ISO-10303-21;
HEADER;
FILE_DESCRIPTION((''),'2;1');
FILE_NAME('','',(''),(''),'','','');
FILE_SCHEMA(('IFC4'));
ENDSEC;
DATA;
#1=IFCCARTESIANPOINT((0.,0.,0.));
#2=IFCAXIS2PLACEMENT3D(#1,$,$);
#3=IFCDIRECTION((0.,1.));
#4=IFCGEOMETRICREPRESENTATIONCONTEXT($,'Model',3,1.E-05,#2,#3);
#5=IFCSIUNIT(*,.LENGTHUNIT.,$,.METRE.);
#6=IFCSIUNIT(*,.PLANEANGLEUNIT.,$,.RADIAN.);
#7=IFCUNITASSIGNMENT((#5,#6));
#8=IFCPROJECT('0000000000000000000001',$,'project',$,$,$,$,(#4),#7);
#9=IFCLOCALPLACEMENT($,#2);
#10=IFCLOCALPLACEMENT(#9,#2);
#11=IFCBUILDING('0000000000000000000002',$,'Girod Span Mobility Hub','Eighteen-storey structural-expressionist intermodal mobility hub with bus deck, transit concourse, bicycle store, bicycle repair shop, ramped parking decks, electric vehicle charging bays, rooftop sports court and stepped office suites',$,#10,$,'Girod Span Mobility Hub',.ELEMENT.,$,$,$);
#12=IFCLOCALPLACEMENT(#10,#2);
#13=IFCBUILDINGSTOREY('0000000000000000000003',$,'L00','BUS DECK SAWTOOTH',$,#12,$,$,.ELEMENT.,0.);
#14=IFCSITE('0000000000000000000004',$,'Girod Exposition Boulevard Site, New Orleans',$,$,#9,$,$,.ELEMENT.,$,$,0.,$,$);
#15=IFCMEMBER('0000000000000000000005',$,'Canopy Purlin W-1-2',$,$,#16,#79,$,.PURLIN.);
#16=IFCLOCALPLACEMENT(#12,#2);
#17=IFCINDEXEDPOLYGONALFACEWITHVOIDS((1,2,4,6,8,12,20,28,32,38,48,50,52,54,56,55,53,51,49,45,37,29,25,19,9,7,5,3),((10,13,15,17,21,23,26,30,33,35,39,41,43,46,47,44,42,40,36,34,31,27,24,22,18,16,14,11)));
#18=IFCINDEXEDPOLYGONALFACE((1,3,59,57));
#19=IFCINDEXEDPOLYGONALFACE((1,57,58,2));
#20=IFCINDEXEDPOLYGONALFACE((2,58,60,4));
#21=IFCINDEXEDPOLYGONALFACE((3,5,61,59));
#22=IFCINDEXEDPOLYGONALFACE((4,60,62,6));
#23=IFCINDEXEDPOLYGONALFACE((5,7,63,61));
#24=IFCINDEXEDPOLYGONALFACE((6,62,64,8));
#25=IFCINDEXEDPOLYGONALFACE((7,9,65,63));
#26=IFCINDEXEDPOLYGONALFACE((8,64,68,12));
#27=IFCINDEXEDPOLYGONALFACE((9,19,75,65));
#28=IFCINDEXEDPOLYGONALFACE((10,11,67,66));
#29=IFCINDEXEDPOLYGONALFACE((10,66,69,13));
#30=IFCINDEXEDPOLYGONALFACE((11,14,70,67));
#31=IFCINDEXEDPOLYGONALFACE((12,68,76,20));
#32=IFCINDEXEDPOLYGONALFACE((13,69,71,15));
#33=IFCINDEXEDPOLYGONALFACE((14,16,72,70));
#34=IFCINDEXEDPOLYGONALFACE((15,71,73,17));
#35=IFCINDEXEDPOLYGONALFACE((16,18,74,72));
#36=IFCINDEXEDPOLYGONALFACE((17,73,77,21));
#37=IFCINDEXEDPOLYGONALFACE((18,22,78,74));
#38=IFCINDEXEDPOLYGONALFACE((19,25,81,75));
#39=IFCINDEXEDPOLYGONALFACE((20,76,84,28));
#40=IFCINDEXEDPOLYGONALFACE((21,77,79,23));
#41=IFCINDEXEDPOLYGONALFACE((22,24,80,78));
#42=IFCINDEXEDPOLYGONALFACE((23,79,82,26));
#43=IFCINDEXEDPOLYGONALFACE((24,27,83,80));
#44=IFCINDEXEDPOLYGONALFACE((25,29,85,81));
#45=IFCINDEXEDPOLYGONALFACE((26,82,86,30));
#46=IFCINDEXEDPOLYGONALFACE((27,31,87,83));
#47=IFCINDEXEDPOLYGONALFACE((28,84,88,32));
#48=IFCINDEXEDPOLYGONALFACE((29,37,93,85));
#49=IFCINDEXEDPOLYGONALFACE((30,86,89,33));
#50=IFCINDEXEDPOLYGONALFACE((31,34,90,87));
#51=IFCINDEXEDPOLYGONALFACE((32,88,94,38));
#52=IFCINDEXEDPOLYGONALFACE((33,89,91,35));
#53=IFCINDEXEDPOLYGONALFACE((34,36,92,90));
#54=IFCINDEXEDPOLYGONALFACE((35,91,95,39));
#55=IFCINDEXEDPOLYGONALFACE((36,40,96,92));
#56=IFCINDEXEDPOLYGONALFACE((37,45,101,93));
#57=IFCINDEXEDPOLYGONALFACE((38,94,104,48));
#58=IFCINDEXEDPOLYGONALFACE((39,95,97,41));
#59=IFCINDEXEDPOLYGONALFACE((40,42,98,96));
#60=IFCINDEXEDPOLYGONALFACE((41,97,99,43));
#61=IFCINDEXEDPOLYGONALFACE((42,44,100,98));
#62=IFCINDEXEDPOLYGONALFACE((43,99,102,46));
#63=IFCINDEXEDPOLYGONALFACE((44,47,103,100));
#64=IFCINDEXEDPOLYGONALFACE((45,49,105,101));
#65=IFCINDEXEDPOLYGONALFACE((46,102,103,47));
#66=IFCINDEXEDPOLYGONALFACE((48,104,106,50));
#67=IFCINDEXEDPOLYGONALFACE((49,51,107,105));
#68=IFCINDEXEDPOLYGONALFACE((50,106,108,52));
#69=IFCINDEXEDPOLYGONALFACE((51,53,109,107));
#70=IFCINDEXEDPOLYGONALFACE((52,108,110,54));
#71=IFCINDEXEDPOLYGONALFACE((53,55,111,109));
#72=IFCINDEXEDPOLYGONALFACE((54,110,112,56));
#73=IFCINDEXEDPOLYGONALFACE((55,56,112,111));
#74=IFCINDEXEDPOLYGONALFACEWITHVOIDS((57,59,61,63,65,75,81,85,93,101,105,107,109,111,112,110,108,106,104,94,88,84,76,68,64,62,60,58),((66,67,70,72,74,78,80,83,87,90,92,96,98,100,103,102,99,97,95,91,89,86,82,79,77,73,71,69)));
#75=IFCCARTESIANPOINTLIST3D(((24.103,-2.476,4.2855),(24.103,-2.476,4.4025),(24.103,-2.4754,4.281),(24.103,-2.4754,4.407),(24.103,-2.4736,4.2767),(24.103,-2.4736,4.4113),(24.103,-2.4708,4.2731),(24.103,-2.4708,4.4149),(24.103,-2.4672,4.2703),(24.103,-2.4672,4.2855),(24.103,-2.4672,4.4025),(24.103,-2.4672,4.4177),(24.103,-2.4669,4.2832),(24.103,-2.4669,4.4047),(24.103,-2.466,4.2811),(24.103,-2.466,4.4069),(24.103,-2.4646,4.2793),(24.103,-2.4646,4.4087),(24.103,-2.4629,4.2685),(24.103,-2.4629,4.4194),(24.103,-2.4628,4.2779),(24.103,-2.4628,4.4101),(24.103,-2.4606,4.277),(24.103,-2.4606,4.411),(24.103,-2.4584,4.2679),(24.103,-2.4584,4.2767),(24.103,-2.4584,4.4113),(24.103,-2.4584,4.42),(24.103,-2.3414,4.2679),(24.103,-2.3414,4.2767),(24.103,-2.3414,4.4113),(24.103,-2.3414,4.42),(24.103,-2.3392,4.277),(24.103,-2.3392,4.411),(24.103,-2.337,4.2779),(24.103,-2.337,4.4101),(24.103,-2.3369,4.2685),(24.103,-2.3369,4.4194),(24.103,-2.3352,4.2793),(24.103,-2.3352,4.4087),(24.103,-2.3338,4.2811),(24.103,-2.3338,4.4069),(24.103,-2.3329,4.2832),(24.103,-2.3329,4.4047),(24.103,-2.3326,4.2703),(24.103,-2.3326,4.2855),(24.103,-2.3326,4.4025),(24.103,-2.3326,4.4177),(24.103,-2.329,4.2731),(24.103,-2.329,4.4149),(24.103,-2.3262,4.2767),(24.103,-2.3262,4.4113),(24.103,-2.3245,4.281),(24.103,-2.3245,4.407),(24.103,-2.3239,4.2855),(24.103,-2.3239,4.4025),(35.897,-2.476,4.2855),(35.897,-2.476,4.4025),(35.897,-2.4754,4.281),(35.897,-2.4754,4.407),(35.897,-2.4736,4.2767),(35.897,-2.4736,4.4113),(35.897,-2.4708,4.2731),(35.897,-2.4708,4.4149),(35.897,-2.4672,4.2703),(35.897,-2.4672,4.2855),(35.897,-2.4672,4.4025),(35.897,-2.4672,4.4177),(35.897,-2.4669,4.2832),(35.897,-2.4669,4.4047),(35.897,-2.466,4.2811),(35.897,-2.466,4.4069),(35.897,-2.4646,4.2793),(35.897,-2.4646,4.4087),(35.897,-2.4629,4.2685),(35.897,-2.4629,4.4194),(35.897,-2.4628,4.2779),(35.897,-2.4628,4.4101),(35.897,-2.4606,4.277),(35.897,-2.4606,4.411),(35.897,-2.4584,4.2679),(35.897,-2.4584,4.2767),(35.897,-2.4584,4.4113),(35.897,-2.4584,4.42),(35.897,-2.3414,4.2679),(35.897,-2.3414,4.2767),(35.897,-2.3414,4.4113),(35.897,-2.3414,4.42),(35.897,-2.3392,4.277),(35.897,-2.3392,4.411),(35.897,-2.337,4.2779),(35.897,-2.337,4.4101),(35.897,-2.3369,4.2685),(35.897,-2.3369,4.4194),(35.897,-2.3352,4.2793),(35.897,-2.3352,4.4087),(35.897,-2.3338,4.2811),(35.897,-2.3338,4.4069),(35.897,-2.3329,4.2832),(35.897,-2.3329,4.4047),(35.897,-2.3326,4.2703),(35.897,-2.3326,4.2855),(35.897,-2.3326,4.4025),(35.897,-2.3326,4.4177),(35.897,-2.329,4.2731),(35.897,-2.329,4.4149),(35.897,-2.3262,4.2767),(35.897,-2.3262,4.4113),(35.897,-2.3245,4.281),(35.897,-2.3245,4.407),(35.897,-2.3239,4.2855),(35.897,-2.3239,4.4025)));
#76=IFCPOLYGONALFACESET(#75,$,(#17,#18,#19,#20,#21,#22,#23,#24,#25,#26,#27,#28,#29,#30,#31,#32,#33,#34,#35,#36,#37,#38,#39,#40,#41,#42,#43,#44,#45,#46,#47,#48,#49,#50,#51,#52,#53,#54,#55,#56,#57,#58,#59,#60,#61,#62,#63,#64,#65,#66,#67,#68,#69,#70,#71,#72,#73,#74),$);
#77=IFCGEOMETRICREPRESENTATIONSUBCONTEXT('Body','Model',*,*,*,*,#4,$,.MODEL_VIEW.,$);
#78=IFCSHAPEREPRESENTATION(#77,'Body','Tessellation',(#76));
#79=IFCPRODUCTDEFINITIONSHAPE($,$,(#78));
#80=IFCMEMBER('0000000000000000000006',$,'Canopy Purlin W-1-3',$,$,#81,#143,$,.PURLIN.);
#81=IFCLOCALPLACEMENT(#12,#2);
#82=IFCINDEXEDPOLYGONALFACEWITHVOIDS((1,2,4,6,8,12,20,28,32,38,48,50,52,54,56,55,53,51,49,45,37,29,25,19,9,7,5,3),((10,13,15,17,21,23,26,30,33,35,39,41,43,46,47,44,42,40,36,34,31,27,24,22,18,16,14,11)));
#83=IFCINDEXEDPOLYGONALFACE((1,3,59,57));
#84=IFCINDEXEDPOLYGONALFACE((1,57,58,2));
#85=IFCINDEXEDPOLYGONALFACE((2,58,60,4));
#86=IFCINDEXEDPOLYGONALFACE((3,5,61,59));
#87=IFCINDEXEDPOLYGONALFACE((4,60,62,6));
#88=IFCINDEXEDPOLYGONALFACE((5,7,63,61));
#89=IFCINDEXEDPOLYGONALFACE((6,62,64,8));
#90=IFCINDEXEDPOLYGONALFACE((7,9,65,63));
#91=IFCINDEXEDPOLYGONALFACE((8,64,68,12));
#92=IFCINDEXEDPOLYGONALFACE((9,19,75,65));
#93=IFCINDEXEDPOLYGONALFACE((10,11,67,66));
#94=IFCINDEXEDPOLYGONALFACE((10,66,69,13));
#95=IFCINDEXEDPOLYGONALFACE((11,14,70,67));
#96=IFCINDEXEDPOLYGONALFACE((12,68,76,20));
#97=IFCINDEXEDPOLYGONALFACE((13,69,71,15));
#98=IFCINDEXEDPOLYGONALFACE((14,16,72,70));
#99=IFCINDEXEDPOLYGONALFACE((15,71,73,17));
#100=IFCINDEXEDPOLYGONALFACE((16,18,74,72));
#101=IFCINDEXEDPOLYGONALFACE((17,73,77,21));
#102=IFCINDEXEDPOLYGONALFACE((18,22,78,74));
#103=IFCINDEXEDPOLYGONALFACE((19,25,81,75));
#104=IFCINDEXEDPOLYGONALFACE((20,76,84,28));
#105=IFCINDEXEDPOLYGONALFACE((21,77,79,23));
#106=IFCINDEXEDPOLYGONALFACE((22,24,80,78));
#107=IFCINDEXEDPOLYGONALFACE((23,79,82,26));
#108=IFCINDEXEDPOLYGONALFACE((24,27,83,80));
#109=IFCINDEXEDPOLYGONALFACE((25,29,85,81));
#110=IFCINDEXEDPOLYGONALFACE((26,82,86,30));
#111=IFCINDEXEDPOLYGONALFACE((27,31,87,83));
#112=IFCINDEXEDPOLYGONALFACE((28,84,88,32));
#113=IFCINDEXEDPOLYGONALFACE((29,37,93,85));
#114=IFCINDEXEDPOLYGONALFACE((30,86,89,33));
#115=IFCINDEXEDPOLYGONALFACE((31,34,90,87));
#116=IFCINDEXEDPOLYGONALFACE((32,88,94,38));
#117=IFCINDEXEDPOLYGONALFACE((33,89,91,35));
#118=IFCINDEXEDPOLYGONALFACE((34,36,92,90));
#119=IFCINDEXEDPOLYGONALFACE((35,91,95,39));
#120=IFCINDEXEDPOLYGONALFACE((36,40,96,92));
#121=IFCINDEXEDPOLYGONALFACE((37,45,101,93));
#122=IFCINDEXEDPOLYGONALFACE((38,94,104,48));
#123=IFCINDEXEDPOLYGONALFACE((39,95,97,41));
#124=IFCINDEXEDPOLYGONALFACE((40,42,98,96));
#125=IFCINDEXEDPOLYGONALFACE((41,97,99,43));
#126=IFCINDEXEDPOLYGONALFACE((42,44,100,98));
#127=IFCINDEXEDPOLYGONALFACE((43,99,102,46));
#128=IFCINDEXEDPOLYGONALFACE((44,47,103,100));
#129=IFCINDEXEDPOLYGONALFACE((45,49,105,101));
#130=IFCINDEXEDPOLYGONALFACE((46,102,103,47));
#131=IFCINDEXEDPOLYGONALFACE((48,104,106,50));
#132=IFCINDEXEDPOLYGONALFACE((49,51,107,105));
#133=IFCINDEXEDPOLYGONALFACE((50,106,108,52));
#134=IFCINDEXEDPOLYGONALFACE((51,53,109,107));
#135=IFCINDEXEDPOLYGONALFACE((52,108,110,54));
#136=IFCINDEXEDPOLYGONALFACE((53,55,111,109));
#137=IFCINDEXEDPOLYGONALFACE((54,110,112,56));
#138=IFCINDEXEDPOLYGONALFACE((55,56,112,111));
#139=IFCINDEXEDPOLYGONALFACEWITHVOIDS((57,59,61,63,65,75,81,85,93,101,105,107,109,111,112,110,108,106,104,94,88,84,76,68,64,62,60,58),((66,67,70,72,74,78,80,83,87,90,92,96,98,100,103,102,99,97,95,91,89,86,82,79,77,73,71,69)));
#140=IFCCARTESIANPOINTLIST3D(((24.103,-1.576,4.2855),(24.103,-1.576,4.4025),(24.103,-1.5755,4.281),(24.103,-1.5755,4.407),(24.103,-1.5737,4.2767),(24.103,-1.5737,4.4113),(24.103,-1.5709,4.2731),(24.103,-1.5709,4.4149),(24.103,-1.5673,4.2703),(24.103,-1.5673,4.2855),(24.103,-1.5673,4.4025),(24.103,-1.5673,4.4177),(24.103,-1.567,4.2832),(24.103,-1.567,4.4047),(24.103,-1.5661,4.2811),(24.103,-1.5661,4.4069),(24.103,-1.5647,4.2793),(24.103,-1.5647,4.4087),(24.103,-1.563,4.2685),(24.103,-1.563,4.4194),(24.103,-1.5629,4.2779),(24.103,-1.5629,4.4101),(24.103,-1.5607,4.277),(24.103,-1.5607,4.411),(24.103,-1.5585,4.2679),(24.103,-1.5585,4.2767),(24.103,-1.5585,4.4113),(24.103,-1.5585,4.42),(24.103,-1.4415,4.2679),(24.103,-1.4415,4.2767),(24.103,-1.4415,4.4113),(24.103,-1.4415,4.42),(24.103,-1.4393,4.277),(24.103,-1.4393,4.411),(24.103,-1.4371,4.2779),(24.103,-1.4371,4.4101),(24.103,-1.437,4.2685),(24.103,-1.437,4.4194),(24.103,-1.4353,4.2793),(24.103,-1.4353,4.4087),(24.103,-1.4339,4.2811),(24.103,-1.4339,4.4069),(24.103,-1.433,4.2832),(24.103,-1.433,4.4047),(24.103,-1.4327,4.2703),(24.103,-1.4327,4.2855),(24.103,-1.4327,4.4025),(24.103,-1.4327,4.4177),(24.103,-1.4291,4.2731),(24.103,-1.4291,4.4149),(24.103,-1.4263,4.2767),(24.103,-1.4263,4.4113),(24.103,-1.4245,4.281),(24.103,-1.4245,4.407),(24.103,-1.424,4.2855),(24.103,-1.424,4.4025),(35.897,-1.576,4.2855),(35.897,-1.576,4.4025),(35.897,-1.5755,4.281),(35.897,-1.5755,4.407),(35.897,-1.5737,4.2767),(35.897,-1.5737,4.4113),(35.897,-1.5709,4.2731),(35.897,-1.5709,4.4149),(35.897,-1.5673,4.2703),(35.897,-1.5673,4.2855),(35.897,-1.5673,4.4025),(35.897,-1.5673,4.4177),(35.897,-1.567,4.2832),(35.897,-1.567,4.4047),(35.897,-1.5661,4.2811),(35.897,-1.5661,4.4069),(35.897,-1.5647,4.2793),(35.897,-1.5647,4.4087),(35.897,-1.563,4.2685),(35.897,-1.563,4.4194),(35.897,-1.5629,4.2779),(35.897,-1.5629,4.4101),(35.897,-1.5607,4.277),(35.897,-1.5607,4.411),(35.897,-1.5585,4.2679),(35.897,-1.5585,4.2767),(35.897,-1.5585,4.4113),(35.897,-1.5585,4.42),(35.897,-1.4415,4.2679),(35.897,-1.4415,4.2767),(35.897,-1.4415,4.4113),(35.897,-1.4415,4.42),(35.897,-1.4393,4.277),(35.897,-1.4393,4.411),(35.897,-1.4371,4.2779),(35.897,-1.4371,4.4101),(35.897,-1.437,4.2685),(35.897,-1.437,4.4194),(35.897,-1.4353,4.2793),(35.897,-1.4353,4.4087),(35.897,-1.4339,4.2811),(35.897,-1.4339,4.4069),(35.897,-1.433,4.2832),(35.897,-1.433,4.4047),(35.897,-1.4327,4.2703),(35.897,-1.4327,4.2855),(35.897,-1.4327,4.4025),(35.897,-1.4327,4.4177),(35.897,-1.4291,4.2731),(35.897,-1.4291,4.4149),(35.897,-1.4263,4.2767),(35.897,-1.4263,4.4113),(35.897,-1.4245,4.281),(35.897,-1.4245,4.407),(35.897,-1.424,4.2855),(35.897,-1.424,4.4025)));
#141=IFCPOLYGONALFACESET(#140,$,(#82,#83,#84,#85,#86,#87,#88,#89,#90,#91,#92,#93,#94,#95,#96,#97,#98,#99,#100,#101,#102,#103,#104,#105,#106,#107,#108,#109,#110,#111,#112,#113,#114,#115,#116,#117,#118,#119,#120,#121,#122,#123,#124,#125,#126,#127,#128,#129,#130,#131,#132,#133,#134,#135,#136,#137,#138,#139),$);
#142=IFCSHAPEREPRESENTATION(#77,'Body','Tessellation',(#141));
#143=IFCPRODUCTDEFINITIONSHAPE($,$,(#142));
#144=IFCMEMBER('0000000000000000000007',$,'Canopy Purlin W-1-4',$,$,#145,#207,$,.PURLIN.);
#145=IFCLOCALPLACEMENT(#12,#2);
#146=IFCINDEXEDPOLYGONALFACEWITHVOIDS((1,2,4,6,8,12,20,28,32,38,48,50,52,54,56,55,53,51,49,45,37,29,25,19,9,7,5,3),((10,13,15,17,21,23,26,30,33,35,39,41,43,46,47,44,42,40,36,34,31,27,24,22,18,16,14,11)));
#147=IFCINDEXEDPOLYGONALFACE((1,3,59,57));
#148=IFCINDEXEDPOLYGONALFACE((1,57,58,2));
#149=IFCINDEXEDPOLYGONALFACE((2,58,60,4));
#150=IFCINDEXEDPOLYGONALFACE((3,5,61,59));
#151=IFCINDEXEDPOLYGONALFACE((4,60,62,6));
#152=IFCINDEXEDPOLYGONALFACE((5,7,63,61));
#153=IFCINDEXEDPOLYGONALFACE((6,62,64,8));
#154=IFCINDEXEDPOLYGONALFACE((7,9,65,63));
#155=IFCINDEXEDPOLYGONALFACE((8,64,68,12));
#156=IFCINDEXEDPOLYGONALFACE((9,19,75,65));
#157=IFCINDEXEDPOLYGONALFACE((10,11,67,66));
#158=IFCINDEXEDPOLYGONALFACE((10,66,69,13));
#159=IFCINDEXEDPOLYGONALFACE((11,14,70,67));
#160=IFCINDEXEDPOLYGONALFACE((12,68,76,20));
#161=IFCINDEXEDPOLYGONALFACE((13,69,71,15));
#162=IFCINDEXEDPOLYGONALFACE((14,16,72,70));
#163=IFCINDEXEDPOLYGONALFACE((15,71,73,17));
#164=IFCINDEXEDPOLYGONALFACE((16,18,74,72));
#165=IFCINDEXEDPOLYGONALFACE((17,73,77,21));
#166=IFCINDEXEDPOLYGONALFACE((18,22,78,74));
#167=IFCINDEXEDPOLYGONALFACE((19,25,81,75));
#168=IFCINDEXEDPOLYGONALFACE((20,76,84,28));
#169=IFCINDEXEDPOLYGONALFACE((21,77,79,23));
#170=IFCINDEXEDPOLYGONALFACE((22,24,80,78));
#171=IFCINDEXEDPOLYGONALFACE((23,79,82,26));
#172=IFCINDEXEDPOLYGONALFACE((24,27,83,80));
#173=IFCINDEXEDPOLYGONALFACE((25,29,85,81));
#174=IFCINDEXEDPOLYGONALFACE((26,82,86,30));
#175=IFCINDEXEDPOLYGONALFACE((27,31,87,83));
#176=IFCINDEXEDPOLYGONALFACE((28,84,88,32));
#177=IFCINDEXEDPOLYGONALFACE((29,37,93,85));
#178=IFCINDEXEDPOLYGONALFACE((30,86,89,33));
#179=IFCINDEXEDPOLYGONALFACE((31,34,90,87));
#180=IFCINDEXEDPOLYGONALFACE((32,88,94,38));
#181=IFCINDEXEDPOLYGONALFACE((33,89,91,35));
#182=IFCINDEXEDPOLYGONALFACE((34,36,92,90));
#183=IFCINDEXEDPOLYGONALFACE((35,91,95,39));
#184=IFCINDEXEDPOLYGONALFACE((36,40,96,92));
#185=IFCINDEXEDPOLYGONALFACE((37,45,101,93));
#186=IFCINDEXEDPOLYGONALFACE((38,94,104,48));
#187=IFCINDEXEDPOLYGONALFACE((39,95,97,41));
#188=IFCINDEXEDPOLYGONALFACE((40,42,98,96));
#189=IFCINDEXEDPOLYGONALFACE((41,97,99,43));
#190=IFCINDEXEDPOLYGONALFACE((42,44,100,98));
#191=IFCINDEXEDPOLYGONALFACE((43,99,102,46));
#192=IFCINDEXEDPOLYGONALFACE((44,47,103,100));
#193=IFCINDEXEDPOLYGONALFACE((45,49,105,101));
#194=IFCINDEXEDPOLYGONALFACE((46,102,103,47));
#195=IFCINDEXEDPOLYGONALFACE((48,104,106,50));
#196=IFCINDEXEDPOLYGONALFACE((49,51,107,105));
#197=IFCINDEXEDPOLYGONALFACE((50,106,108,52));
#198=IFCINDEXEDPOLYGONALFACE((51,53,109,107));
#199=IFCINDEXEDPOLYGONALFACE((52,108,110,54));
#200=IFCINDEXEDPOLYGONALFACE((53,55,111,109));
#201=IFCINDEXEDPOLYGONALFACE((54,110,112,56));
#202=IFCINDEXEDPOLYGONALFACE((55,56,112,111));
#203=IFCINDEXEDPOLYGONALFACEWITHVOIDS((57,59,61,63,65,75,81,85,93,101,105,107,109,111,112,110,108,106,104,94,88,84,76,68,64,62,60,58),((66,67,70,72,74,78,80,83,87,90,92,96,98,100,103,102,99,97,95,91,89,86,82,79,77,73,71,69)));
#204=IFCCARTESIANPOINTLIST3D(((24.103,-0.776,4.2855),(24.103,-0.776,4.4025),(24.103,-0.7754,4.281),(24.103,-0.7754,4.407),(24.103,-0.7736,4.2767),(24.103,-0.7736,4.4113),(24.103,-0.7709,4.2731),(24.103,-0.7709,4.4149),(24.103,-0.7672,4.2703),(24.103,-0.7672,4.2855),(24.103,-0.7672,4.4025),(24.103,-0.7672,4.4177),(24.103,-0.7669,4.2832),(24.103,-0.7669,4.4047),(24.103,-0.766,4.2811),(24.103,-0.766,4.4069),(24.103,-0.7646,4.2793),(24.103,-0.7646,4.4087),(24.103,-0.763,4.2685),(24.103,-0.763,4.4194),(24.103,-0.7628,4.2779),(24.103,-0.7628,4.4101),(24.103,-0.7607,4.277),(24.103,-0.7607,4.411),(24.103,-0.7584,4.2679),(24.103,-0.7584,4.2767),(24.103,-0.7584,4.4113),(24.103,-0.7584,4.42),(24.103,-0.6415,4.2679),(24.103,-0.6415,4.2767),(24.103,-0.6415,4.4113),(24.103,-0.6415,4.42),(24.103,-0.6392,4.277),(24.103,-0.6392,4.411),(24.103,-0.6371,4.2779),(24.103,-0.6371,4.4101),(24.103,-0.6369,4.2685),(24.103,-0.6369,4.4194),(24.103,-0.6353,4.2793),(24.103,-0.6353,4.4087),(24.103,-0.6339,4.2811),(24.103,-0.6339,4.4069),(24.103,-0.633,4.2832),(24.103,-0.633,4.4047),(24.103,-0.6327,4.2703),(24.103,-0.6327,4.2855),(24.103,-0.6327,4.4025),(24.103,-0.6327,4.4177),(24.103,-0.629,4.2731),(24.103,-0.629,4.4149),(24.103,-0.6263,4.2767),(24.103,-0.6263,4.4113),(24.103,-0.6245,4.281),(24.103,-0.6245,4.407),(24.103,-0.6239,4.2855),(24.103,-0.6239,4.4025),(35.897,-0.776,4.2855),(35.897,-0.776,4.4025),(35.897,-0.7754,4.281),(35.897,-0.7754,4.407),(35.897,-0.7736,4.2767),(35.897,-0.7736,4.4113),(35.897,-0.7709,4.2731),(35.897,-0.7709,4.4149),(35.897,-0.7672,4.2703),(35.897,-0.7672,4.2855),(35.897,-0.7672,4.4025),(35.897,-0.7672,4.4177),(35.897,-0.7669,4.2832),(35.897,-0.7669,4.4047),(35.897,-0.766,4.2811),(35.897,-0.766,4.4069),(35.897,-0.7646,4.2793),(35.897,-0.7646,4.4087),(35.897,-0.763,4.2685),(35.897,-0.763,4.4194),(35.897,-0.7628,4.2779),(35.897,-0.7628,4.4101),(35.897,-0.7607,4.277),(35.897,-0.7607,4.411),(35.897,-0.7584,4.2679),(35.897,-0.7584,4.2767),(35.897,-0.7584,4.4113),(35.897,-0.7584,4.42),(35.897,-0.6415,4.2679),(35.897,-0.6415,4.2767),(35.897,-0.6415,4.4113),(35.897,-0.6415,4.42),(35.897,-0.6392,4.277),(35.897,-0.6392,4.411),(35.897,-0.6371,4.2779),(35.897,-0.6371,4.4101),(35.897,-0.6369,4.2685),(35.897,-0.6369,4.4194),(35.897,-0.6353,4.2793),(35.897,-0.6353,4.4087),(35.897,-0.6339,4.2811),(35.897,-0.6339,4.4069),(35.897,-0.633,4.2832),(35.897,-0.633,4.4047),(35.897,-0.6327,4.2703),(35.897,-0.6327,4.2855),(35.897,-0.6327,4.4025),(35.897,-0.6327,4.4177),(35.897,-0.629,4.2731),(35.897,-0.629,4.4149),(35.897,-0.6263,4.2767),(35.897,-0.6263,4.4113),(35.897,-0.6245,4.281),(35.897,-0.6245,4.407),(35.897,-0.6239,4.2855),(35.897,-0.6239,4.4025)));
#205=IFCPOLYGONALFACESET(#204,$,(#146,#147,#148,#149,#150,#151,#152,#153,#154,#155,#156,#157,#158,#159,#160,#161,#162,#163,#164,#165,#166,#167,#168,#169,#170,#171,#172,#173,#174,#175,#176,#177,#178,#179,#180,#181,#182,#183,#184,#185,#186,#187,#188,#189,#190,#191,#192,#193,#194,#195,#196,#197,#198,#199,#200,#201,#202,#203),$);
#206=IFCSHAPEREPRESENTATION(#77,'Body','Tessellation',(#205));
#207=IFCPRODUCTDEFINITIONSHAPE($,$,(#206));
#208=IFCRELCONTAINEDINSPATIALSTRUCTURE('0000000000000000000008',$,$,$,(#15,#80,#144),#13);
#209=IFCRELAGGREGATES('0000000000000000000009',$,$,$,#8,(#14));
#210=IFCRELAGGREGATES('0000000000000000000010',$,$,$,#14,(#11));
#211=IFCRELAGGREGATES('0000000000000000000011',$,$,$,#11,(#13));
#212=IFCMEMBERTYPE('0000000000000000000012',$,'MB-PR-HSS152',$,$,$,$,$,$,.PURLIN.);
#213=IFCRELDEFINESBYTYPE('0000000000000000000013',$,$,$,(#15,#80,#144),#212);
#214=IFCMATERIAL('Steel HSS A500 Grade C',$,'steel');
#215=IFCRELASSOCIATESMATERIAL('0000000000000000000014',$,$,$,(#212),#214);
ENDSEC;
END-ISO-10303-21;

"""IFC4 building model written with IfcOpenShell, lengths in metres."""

from ifc_helpers import new_model, si_unit, direction, frame, origin, origin_2d, place, context, subcontext, project, spatial, hollow_rectangle, extrude, material, material_profile, profile_set, type_object, element, save


model = new_model("IFC4")

# Units and contexts
model_context = context("Model", 3, precision=1e-05, world=origin(), true_north=direction((0.0, 1.0)))
body_context = subcontext(model_context, "Body", "Model", "MODEL_VIEW")
ifc_project = project(units=[si_unit("LENGTHUNIT", "METRE"), si_unit("PLANEANGLEUNIT", "RADIAN")], contexts=[model_context])

# Site, building, storey
site_placement = place(None, origin())
site = spatial("IfcSite", under=ifc_project, at=site_placement, Name="Girod Exposition Boulevard Site, New Orleans", CompositionType="ELEMENT", RefElevation=0.0)
building_placement = place(site_placement, origin())
building = spatial("IfcBuilding", under=site, at=building_placement, Name="Girod Span Mobility Hub", Description="Eighteen-storey structural-expressionist intermodal mobility hub with bus deck, transit concourse, bicycle store, bicycle repair shop, ramped parking decks, electric vehicle charging bays, rooftop sports court and stepped office suites", LongName="Girod Span Mobility Hub", CompositionType="ELEMENT")
storey_placement = place(building_placement, origin())
storey = spatial("IfcBuildingStorey", under=building, at=storey_placement, Name="L00", Description="BUS DECK SAWTOOTH", CompositionType="ELEMENT", Elevation=0.0)

# Members
ifc_material_1 = material(Name="Steel HSS A500 Grade C", Category="steel")
ifc_material_profile_1 = material_profile(ifc_material_1, hollow_rectangle(XDim=0.1521, YDim=0.1521, WallThickness=0.0088, InnerFilletRadius=0.0088, OuterFilletRadius=0.0176, at=origin_2d()), Name="HSS152X152X9.5")
ifc_profile_set_1 = profile_set([ifc_material_profile_1], Name="Steel HSS A500 Grade C")
member_type_1 = type_object("IfcMemberType", Name="MB-PR-HSS152", PredefinedType="PURLIN", material=ifc_profile_set_1)
for number, where, z_axis, x_axis, name in (
    (1, (24.103, -2.3999, 4.344), (1.0, 0.0, 0.0), (0.0, 1.0, 0.0), "Canopy Purlin W-1-2"),
    (2, (24.103, -1.5, 4.344), (1.0, 0.0, 0.0), (0.0, 1.0, 0.0), "Canopy Purlin W-1-3"),
    (3, (24.103, -0.7, 4.344), (1.0, 0.0, 0.0), (0.0, 1.0, 0.0), "Canopy Purlin W-1-4"),
):
    element("IfcMember", number, at=place(storey_placement, frame(where, z_axis=z_axis, x_axis=x_axis)), inside=storey, type_object=member_type_1, Name=name, PredefinedType="PURLIN", context=body_context, shape_type="SweptSolid", body=[
        extrude(hollow_rectangle(XDim=0.1521, YDim=0.1521, WallThickness=0.0088, InnerFilletRadius=0.0088, OuterFilletRadius=0.0176, at=origin_2d()), origin(), (0.0, 0.0, 1.0), 11.7939),
    ])

save(model, "model.ifc")
